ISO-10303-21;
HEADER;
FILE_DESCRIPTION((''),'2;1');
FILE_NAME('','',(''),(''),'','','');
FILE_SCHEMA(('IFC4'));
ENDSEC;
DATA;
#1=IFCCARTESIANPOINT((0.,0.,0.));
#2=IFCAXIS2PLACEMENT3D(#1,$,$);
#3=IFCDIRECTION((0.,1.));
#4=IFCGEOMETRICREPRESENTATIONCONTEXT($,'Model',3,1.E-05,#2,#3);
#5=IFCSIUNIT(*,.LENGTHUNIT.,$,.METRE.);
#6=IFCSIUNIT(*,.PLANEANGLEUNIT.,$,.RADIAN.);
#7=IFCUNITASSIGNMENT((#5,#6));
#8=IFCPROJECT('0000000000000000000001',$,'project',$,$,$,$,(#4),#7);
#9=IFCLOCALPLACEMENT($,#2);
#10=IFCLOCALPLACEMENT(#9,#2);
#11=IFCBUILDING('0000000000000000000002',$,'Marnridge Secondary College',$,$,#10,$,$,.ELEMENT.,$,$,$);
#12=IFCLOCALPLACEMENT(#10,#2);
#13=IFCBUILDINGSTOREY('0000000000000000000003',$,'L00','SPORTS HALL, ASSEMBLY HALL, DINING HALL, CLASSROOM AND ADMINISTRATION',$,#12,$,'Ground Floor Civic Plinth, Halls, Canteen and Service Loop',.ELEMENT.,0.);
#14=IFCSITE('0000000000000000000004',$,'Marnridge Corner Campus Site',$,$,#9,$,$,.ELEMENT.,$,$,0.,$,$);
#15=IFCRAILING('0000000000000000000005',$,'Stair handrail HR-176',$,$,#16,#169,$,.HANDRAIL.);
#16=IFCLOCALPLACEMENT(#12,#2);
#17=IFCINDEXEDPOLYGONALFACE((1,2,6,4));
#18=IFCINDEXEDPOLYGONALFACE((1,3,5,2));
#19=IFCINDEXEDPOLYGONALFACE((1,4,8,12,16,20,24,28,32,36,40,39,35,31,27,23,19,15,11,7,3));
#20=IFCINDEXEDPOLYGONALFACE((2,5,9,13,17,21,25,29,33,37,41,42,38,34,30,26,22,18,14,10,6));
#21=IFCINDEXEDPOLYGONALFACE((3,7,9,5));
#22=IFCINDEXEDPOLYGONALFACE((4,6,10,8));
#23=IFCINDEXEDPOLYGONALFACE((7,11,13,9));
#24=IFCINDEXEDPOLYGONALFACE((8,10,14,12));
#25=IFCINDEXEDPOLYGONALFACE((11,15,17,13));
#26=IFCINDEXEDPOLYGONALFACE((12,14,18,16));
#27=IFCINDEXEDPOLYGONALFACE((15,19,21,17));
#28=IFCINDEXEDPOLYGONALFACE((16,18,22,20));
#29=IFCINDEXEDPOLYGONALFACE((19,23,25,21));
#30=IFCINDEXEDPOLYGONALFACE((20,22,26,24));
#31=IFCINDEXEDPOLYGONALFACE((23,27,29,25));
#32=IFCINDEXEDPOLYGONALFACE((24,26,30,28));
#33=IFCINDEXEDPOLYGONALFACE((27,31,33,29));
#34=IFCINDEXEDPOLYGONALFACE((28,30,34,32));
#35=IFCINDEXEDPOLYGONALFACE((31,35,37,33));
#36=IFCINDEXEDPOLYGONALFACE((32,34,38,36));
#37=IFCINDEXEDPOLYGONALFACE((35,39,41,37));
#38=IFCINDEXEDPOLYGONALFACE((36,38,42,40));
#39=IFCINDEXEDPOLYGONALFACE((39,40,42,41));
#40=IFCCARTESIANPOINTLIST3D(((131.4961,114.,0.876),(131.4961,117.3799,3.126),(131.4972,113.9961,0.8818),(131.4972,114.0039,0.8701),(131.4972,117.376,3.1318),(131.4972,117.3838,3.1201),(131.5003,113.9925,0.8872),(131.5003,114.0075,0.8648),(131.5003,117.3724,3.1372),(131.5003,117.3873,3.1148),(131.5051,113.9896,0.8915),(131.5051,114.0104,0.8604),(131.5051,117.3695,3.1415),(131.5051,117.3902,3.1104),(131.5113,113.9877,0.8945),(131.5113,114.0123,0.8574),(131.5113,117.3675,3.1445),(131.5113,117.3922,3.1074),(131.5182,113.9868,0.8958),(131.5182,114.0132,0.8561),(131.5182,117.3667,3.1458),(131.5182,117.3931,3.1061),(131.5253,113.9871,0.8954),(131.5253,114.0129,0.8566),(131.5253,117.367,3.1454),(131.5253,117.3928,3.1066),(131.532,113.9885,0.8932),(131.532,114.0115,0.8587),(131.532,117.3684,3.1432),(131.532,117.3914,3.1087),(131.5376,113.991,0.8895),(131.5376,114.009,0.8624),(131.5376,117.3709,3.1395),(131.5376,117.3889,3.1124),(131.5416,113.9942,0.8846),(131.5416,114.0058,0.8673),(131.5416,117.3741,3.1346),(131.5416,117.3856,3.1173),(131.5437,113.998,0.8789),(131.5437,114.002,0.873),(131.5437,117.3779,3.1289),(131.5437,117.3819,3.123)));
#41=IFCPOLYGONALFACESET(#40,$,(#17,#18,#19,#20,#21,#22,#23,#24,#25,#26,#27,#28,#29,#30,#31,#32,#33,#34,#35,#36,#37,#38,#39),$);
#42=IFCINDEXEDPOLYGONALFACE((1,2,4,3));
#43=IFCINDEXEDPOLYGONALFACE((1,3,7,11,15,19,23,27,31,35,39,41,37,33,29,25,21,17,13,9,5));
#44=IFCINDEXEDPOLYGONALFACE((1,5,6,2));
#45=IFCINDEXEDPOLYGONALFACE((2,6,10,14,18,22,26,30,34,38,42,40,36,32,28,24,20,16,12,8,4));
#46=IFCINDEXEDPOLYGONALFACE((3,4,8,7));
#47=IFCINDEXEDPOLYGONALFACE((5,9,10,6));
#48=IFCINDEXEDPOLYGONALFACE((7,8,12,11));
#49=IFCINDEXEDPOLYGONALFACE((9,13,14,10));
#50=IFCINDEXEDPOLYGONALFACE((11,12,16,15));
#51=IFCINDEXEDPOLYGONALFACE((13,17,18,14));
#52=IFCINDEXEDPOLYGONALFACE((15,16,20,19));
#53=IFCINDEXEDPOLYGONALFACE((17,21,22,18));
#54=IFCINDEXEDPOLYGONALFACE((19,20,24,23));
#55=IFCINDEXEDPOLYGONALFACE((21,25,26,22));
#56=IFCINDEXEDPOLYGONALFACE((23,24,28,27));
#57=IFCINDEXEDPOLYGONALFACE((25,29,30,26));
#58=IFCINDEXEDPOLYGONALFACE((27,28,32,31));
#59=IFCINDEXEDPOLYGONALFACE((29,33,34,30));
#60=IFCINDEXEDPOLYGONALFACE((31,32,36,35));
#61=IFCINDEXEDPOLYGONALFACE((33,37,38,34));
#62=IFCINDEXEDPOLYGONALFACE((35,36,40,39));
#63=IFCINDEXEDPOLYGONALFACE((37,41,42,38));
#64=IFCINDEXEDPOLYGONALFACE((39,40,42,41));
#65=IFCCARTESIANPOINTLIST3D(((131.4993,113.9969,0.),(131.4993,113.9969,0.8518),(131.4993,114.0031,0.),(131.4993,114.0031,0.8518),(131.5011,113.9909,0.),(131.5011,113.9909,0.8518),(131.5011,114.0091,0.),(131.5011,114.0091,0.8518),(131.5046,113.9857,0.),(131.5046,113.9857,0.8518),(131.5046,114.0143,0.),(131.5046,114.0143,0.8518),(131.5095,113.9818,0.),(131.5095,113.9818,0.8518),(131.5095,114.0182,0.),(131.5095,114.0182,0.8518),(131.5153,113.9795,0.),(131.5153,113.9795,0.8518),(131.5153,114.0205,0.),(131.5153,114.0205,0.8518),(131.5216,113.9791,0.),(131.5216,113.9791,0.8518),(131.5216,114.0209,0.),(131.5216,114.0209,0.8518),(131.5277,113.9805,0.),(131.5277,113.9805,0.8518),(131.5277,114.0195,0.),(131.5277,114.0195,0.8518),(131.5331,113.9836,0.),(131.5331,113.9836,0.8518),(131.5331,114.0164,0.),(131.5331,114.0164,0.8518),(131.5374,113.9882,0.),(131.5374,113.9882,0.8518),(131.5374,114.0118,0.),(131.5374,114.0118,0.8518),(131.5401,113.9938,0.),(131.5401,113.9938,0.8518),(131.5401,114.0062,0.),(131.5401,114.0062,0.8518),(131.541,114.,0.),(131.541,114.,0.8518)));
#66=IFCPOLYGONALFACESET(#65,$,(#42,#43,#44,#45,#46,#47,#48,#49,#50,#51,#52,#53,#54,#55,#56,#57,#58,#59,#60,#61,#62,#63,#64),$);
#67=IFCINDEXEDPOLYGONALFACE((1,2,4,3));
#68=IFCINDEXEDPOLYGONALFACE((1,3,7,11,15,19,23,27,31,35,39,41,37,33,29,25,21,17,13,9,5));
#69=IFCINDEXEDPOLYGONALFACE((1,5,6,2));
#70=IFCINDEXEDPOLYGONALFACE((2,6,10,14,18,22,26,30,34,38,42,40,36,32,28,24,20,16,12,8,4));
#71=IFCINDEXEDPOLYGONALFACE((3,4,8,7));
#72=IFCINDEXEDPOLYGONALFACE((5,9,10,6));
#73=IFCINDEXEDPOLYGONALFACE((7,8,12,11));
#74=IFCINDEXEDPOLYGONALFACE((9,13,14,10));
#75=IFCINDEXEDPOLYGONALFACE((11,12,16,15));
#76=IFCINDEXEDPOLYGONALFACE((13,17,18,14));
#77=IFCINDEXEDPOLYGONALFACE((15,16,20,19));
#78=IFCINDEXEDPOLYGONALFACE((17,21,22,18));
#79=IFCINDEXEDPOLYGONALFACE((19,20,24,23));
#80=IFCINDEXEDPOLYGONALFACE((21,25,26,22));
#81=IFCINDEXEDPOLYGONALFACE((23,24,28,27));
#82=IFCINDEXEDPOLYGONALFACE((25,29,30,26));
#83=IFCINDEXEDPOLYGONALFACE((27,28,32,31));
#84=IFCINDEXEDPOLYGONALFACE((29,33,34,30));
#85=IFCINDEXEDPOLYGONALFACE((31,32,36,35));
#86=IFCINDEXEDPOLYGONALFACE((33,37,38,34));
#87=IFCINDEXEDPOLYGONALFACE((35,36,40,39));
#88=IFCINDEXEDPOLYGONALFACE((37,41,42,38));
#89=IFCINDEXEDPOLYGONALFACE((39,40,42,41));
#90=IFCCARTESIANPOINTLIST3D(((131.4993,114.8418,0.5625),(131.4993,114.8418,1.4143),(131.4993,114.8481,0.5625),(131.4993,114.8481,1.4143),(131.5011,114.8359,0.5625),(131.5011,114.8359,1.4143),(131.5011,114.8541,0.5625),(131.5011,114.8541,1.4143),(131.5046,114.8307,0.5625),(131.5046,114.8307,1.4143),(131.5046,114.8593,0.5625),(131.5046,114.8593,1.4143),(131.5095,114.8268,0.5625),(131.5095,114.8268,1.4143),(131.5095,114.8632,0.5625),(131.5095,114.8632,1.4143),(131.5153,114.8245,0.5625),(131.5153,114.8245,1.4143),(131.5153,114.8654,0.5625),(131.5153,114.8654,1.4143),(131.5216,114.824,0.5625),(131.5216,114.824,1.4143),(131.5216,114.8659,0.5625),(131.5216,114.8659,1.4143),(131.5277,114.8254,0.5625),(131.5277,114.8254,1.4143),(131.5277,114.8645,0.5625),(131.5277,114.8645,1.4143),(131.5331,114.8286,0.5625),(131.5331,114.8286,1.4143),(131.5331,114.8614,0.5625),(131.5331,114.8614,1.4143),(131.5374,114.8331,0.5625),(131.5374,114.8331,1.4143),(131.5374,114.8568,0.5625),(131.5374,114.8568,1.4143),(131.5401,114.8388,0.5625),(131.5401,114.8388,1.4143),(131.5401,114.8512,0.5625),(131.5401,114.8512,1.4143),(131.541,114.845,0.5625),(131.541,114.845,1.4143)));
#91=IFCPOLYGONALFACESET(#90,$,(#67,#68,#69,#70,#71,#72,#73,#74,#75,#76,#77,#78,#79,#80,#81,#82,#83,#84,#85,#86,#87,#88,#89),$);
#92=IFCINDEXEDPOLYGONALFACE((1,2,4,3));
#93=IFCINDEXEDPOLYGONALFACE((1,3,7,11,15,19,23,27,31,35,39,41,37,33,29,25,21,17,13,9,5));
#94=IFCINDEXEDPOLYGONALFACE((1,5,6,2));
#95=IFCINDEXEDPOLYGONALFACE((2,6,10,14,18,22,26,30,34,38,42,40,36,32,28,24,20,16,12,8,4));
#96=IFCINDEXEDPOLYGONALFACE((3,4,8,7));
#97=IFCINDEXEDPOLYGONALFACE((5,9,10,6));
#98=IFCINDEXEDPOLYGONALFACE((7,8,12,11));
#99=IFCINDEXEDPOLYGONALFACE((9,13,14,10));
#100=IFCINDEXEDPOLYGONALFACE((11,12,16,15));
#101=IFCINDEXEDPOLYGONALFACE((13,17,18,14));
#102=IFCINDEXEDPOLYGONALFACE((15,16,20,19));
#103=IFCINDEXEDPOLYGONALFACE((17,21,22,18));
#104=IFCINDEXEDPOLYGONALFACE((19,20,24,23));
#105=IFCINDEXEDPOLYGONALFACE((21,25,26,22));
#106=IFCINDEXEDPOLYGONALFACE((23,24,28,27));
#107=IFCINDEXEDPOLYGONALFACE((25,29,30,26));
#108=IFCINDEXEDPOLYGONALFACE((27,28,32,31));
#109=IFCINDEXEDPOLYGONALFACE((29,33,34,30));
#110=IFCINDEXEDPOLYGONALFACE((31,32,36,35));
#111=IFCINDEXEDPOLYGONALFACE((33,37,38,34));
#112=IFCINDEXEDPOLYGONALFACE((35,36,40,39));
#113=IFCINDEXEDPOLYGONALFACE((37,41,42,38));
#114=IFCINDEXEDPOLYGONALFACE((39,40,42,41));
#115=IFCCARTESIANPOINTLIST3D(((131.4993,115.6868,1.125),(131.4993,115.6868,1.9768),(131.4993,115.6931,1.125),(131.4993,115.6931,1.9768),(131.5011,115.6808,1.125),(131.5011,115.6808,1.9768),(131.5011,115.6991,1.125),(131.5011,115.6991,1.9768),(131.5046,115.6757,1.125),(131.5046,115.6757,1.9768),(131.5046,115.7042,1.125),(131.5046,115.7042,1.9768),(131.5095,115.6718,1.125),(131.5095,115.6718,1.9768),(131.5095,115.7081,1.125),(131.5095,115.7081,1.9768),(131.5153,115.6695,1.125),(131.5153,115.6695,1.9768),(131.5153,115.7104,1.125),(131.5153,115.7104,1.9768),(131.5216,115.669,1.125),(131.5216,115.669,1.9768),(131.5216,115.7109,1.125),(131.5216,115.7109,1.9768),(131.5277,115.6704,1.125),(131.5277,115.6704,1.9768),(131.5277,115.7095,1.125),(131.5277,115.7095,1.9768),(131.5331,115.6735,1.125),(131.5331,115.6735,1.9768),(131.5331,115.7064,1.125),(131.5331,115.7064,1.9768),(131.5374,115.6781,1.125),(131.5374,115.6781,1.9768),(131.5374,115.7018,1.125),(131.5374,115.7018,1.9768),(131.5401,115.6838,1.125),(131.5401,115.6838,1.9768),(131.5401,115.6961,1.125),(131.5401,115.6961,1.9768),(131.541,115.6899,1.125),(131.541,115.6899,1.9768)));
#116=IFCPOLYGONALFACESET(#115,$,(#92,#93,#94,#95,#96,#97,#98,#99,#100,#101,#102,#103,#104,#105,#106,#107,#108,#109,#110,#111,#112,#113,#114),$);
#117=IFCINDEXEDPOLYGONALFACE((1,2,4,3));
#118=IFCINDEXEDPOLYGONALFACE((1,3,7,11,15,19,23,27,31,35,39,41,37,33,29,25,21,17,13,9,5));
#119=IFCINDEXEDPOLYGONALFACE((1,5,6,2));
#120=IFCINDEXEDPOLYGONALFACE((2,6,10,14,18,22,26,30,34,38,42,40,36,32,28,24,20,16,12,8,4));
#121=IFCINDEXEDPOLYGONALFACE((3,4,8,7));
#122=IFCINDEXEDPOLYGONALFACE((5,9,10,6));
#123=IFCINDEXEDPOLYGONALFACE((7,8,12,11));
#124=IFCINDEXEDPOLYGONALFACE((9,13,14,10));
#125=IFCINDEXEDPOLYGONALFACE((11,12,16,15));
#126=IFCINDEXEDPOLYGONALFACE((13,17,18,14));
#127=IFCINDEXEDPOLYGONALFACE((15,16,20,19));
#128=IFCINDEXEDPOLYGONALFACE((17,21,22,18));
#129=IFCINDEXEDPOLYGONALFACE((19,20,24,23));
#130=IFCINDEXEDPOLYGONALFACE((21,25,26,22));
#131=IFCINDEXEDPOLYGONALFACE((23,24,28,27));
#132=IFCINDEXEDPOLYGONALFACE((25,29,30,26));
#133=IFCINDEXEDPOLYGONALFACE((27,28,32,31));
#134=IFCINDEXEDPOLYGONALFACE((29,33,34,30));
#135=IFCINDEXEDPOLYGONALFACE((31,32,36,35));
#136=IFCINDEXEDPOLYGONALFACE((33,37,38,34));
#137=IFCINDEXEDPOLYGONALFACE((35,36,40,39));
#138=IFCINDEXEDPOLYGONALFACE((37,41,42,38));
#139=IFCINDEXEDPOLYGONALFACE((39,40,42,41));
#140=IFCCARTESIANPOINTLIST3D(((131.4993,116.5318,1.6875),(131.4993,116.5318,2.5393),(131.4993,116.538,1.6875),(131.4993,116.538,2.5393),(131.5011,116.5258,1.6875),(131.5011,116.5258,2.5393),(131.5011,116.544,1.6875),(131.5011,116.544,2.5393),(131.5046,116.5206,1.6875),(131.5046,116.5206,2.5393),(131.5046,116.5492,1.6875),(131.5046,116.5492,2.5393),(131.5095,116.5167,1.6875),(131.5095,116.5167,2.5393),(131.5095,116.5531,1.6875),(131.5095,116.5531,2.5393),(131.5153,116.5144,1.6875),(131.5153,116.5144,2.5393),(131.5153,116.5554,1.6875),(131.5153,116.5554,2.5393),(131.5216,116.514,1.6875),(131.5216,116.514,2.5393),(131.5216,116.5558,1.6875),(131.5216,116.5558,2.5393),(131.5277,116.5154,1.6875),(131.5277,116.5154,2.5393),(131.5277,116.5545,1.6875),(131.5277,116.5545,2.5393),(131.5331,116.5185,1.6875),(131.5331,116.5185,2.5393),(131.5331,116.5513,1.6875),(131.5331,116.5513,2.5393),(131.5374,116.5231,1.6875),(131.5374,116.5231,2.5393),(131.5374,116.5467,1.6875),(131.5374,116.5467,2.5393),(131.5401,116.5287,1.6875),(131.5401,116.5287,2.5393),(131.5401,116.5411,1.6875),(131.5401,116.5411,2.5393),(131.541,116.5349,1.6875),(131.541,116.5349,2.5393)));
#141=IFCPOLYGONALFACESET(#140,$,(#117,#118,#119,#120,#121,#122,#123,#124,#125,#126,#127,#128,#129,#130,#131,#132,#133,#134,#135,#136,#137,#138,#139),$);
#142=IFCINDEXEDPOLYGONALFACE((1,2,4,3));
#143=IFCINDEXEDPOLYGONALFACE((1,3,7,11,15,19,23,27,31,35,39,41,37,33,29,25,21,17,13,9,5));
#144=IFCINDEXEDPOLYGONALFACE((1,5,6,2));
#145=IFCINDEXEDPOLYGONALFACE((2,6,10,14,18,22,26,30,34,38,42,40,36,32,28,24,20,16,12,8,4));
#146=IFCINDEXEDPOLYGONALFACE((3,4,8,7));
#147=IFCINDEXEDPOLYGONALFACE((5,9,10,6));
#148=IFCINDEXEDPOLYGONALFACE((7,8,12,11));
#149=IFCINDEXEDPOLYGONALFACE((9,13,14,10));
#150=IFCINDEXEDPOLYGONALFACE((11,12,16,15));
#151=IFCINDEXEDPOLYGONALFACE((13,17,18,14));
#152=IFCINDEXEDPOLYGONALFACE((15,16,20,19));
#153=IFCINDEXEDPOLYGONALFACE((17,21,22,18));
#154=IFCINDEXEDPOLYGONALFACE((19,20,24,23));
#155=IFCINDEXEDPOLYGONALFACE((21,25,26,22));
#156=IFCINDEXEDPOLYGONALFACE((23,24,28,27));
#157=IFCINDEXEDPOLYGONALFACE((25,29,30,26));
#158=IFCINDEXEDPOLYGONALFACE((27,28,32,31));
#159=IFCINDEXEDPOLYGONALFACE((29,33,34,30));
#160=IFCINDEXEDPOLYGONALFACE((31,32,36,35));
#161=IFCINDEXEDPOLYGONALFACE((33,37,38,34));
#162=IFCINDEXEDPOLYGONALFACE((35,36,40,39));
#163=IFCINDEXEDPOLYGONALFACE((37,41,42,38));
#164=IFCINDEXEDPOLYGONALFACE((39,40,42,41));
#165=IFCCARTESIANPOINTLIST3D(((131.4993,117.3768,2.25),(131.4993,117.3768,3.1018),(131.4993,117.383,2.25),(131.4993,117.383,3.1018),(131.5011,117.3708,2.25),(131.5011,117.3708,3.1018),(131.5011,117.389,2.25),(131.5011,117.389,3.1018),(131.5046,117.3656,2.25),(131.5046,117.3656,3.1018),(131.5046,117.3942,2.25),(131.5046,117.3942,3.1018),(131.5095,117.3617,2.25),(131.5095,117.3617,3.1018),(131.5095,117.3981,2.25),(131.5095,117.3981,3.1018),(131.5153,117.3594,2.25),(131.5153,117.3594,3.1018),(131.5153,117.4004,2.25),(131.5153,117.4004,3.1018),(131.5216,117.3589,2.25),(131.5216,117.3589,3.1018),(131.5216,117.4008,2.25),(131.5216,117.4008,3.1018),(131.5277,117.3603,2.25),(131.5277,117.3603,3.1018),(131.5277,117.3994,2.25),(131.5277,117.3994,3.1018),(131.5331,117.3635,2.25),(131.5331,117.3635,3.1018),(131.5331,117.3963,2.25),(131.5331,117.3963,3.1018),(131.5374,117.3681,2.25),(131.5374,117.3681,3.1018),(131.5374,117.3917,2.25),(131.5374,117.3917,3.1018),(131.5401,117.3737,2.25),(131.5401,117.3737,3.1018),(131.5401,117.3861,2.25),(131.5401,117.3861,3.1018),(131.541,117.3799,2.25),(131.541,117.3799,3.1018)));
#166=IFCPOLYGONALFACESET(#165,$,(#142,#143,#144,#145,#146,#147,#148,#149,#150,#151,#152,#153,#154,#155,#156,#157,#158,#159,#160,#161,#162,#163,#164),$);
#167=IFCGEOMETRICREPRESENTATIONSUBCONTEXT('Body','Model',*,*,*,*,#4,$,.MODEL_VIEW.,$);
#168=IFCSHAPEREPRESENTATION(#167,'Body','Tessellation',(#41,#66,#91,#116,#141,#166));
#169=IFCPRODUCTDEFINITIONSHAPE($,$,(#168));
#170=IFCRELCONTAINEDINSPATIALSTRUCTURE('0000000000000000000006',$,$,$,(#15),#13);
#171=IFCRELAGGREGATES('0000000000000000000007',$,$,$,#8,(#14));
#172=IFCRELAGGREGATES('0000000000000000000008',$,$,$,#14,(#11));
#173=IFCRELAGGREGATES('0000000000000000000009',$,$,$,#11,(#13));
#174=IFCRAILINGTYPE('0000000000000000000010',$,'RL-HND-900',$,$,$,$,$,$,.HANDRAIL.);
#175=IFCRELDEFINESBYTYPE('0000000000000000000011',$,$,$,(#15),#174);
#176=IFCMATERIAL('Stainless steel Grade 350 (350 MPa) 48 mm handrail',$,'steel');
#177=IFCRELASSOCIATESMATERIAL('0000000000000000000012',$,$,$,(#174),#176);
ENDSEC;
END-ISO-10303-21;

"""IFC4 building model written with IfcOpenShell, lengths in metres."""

from ifc_helpers import new_model, si_unit, direction, frame, origin, origin_2d, place, context, subcontext, project, spatial, circle, extrude, material, type_object, element, save


model = new_model("IFC4")

# Units and contexts
model_context = context("Model", 3, precision=1e-05, world=origin(), true_north=direction((0.0, 1.0)))
body_context = subcontext(model_context, "Body", "Model", "MODEL_VIEW")
ifc_project = project(units=[si_unit("LENGTHUNIT", "METRE"), si_unit("PLANEANGLEUNIT", "RADIAN")], contexts=[model_context])

# Site, building, storey
site_placement = place(None, origin())
site = spatial("IfcSite", under=ifc_project, at=site_placement, Name="Marnridge Corner Campus Site", CompositionType="ELEMENT", RefElevation=0.0)
building_placement = place(site_placement, origin())
building = spatial("IfcBuilding", under=site, at=building_placement, Name="Marnridge Secondary College", CompositionType="ELEMENT")
storey_placement = place(building_placement, origin())
storey = spatial("IfcBuildingStorey", under=building, at=storey_placement, Name="L00", Description="SPORTS HALL, ASSEMBLY HALL, DINING HALL, CLASSROOM AND ADMINISTRATION", LongName="Ground Floor Civic Plinth, Halls, Canteen and Service Loop", CompositionType="ELEMENT", Elevation=0.0)

# Railing
ifc_material_1 = material(Name="Stainless steel Grade 350 (350 MPa) 48 mm handrail", Category="steel")
railing_type = type_object("IfcRailingType", Name="RL-HND-900", PredefinedType="HANDRAIL", material=ifc_material_1)
railing_placement = place(storey_placement, frame((131.52, 114.0, 0.0)))
element("IfcRailing", 1, at=railing_placement, inside=storey, type_object=railing_type, Name="Stair handrail HR-176", PredefinedType="HANDRAIL", context=body_context, shape_type="SweptSolid", body=[
    extrude(circle(Radius=0.0239, at=origin_2d()), frame((0.0, 0.0, 0.876), z_axis=(0.0, 0.83242, 0.554145), x_axis=(-1.0, 0.0, 0.0)), (0.0, 0.0, 1.0), 4.0603),
    extrude(circle(Radius=0.021, at=origin_2d()), origin(), (0.0, 0.0, 1.0), 0.8518),
    extrude(circle(Radius=0.021, at=origin_2d()), frame((0.0, 0.845, 0.5625)), (0.0, 0.0, 1.0), 0.8518),
    extrude(circle(Radius=0.021, at=origin_2d()), frame((0.0, 1.6899, 1.125)), (0.0, 0.0, 1.0), 0.8518),
    extrude(circle(Radius=0.021, at=origin_2d()), frame((0.0, 2.5349, 1.6875)), (0.0, 0.0, 1.0), 0.8518),
    extrude(circle(Radius=0.021, at=origin_2d()), frame((0.0, 3.3799, 2.25)), (0.0, 0.0, 1.0), 0.8518),
])

save(model, "model.ifc")
